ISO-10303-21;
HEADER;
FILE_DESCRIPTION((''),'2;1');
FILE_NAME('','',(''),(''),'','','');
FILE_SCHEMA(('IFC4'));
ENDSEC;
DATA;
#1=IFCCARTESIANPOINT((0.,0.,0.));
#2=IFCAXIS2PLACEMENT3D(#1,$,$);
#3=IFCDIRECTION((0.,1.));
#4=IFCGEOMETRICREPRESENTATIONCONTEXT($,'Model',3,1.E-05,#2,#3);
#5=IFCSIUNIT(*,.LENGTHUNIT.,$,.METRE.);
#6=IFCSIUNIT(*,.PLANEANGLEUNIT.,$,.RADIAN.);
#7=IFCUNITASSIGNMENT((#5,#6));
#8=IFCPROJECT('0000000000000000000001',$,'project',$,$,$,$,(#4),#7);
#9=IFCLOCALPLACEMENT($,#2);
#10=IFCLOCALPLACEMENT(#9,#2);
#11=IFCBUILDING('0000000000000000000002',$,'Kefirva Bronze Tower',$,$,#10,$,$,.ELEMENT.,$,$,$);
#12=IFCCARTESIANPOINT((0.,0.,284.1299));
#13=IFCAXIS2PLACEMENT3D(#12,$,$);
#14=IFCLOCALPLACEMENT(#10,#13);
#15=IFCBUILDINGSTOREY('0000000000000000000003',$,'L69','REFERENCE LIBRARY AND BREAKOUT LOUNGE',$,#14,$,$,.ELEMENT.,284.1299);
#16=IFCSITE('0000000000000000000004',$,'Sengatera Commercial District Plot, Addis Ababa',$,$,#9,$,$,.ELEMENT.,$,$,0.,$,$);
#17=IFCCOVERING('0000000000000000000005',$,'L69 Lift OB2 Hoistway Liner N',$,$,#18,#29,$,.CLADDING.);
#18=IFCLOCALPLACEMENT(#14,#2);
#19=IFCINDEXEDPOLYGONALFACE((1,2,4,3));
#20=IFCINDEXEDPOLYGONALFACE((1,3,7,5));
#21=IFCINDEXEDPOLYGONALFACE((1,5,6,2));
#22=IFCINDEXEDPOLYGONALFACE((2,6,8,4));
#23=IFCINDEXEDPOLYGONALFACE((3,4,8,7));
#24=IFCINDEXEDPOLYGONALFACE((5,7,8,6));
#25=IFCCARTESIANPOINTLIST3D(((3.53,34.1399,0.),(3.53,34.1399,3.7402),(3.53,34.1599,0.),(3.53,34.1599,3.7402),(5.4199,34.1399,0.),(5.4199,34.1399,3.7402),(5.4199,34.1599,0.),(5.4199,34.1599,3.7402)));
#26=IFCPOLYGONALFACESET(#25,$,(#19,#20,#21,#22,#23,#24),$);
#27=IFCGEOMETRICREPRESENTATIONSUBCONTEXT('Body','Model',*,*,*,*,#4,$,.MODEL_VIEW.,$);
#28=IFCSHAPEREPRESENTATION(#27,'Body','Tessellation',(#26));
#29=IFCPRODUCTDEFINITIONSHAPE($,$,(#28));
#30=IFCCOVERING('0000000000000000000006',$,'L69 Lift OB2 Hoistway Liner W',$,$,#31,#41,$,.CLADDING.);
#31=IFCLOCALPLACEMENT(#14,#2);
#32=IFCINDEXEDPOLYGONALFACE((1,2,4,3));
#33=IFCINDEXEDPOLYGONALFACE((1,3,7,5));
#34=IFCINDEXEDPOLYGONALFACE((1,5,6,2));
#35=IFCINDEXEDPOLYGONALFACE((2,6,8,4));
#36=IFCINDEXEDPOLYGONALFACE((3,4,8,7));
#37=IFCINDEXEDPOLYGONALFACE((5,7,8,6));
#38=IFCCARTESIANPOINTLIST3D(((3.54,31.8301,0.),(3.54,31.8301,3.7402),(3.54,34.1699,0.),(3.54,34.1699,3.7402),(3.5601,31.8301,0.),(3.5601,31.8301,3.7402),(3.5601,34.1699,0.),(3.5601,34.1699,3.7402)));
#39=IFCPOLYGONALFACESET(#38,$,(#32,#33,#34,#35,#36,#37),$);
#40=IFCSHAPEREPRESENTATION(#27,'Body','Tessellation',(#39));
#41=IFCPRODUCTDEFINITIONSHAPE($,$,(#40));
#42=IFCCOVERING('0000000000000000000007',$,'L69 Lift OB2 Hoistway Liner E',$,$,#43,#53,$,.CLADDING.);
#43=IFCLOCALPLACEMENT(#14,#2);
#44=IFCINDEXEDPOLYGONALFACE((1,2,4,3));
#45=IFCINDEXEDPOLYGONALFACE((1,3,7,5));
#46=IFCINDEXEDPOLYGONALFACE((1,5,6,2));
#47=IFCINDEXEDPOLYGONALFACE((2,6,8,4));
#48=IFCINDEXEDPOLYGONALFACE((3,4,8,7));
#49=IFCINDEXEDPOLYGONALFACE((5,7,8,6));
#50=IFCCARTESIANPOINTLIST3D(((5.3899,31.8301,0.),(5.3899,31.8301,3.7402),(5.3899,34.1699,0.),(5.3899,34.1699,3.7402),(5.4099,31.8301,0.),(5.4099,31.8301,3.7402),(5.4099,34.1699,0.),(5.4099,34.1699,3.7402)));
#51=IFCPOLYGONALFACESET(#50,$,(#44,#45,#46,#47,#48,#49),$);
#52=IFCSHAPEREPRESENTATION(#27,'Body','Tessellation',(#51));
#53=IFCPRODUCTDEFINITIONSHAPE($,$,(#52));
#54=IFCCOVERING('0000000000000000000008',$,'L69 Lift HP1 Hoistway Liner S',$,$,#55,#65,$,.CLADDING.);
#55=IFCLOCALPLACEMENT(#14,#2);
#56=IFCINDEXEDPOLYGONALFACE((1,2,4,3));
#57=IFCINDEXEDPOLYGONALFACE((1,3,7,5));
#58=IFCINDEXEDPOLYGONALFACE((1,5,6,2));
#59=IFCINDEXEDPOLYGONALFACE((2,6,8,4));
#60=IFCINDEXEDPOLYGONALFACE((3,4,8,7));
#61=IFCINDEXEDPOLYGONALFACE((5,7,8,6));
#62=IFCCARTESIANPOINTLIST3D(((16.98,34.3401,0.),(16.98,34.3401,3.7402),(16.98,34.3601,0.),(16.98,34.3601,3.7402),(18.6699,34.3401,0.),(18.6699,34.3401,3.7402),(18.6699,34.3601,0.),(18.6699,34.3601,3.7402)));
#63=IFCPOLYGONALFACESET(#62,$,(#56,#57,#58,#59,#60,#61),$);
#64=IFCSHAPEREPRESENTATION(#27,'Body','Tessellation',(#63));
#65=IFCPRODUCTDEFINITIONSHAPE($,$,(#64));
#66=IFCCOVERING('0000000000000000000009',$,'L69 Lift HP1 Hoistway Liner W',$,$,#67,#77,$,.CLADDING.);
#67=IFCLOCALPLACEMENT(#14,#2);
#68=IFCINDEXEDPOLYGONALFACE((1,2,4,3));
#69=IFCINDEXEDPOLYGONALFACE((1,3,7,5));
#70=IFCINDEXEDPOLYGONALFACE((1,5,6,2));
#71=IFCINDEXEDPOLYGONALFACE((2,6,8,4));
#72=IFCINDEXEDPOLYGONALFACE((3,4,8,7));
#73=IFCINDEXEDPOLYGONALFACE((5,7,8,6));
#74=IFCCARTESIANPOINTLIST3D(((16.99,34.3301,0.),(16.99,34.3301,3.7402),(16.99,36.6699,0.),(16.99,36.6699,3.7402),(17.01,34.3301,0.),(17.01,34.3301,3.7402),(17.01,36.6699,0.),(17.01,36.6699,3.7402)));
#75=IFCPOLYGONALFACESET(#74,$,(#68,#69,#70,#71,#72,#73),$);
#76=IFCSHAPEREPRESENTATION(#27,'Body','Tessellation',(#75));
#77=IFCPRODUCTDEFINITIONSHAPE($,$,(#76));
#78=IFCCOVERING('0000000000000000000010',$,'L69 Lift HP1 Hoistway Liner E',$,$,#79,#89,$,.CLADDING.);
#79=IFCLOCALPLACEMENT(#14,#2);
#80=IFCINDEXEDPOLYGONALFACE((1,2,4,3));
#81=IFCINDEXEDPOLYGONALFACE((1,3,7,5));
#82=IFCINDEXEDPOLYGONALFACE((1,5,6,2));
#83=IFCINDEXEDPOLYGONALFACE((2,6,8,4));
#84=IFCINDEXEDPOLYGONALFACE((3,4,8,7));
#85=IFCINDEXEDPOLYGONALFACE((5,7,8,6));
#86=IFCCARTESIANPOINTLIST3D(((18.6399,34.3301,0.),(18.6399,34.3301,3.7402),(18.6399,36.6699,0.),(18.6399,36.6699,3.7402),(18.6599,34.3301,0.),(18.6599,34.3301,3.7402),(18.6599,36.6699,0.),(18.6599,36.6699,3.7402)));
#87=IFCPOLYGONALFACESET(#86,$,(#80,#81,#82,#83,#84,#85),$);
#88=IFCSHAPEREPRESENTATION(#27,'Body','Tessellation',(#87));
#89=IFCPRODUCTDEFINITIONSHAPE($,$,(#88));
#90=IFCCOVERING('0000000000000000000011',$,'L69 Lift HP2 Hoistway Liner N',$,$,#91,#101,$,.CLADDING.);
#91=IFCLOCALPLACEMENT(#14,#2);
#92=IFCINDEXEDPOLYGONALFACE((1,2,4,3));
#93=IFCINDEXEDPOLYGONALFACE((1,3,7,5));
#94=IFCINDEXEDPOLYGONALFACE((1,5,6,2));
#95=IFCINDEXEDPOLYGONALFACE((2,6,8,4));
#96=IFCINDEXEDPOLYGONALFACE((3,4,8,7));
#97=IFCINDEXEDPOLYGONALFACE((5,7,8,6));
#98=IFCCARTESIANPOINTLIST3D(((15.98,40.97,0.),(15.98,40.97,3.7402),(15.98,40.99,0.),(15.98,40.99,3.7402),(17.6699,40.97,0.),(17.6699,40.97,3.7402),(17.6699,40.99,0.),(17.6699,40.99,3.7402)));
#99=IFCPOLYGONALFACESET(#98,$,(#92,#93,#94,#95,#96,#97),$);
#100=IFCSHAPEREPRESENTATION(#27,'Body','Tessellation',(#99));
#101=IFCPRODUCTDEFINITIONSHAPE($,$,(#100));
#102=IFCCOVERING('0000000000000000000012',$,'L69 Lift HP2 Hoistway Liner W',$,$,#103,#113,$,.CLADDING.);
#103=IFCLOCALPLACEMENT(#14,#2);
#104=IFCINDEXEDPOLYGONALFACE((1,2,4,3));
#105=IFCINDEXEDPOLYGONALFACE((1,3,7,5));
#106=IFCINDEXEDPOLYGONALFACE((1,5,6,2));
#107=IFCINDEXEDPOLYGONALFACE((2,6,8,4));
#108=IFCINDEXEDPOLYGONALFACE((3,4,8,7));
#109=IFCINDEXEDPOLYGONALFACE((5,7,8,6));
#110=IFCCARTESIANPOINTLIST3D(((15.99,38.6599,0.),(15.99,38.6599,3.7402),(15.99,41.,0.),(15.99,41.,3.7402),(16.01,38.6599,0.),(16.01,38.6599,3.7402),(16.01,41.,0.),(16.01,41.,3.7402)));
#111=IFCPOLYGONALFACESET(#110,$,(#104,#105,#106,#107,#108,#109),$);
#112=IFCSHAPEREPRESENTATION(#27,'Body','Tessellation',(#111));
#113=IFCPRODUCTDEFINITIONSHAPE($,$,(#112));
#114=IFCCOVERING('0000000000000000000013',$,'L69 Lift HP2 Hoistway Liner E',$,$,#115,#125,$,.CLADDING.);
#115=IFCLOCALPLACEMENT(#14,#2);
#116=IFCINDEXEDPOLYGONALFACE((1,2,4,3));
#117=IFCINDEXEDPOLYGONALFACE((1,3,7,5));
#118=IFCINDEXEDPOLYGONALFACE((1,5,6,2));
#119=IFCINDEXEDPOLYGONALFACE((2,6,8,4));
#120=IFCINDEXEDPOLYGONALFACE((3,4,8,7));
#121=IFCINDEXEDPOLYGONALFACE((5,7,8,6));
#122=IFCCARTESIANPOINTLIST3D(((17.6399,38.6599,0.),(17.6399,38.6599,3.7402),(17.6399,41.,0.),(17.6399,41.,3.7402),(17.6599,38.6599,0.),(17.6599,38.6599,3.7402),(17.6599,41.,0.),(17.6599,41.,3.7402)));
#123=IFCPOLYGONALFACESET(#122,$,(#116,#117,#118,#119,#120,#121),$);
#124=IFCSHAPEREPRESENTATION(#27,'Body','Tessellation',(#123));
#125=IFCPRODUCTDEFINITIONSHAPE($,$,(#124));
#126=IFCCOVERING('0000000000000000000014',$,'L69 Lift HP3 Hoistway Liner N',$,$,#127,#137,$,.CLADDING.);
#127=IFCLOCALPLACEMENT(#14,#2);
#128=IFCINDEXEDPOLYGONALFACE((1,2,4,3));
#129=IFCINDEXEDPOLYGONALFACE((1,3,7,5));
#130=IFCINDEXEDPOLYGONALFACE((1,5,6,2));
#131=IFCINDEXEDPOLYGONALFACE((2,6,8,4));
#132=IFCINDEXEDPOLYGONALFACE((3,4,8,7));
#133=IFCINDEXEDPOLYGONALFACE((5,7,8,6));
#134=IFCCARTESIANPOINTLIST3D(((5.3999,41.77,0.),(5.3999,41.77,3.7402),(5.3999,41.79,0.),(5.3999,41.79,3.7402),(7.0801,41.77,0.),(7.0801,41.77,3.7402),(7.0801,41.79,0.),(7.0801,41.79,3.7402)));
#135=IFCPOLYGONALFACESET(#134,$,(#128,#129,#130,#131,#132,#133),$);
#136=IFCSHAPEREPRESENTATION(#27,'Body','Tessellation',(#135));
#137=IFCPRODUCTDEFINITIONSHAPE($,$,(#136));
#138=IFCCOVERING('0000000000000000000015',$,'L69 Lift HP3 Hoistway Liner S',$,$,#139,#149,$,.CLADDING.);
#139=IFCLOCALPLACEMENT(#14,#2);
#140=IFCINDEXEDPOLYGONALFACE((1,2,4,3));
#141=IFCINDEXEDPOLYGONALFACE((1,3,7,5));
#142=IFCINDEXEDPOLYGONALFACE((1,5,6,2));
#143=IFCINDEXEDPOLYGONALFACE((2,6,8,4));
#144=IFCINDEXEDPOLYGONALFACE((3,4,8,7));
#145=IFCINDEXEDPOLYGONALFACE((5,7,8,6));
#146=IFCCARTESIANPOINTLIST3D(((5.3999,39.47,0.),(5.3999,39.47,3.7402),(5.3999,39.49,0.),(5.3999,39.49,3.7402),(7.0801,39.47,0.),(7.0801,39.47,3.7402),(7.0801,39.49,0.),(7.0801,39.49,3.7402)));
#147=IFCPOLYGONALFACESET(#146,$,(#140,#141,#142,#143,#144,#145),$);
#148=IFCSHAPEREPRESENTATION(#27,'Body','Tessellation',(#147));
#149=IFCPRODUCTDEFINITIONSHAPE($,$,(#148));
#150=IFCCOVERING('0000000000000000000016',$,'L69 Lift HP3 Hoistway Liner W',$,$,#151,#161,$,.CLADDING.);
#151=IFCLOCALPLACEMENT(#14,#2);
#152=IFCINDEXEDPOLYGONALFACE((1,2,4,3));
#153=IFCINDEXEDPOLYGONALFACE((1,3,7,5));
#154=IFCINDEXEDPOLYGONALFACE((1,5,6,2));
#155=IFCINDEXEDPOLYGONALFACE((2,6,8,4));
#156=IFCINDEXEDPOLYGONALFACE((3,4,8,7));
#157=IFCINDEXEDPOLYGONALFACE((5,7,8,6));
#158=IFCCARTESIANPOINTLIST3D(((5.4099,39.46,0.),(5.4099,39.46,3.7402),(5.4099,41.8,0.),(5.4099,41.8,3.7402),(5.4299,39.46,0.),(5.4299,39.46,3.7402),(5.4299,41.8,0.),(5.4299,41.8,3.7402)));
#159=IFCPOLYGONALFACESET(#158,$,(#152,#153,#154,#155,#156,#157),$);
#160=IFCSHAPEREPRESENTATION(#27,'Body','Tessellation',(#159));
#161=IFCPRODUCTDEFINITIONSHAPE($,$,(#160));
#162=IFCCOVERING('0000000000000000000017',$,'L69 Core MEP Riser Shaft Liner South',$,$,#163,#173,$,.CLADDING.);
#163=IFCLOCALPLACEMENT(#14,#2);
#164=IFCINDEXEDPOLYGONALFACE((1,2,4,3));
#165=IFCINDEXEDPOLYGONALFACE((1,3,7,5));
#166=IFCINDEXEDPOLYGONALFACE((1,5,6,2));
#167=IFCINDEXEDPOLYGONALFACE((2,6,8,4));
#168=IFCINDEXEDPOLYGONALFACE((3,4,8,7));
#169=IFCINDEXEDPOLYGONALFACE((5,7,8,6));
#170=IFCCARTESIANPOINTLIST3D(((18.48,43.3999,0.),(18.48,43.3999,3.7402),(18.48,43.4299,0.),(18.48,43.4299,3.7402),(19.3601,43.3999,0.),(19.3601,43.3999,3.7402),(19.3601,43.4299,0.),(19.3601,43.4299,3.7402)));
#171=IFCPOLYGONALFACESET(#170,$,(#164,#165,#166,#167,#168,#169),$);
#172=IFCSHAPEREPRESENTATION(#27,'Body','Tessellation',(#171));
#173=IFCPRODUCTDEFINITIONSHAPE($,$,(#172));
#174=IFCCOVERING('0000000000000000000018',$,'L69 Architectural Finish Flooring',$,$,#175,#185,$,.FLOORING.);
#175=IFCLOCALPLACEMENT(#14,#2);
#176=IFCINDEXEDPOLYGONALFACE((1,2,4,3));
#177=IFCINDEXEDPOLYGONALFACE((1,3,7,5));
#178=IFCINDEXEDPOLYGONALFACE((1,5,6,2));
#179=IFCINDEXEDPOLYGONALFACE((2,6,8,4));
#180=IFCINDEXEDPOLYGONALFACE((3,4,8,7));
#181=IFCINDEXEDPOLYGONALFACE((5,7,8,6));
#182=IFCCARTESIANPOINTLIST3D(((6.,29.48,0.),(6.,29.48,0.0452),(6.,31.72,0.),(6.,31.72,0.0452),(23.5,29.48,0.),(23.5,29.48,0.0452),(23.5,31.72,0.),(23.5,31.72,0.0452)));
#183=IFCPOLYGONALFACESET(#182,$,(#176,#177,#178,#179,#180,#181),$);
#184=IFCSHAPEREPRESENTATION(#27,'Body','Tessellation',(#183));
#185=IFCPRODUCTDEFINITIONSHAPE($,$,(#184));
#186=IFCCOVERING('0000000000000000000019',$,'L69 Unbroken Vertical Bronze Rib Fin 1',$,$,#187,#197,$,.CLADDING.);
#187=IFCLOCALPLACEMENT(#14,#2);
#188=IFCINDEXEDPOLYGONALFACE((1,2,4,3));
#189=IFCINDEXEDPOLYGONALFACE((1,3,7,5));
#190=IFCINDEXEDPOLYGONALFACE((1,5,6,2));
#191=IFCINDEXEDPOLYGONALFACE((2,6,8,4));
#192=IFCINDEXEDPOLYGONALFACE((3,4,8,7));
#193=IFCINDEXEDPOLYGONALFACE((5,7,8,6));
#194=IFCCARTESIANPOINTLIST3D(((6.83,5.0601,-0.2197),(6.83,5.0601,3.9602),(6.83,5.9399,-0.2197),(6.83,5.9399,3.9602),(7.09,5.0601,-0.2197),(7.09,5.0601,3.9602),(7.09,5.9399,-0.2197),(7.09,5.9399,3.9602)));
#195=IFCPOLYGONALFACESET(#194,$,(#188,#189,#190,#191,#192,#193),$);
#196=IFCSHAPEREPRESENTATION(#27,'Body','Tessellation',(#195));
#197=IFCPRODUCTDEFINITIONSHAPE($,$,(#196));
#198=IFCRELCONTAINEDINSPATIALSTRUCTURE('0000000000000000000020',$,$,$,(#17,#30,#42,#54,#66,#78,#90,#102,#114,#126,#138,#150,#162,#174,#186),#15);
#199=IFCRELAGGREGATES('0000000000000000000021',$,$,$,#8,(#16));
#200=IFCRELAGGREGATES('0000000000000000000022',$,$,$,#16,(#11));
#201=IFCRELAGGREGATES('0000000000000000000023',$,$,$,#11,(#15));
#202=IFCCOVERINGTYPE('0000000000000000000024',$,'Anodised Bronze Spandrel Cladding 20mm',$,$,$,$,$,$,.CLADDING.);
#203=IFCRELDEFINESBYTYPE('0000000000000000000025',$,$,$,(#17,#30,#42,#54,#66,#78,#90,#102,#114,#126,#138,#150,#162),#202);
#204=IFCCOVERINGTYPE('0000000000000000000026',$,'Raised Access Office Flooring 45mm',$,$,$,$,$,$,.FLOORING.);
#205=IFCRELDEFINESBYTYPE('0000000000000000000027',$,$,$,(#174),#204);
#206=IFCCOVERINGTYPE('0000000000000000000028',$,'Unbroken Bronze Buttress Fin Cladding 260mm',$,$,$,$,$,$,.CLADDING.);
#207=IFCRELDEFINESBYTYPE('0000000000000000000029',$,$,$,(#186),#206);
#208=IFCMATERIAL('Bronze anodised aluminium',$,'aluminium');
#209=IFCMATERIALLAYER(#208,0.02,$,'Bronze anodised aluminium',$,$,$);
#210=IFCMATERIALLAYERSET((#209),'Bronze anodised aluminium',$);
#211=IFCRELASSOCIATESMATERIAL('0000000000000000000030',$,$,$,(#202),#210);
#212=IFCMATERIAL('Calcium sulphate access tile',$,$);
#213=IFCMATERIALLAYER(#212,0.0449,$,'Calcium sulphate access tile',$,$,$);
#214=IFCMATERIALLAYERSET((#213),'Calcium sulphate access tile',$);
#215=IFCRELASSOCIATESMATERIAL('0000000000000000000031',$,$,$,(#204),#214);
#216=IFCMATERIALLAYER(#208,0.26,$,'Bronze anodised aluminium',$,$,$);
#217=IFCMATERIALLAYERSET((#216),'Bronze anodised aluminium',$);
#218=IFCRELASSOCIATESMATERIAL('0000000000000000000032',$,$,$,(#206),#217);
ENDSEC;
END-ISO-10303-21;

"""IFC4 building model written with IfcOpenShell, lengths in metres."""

from ifc_helpers import new_model, si_unit, direction, frame, origin, origin_2d, place, context, subcontext, project, spatial, polyline, rectangle, outline, extrude, material, layer, layer_set, type_object, element, save


model = new_model("IFC4")

# Units and contexts
model_context = context("Model", 3, precision=1e-05, world=origin(), true_north=direction((0.0, 1.0)))
body_context = subcontext(model_context, "Body", "Model", "MODEL_VIEW")
ifc_project = project(units=[si_unit("LENGTHUNIT", "METRE"), si_unit("PLANEANGLEUNIT", "RADIAN")], contexts=[model_context])

# Site, building, storey
site_placement = place(None, origin())
site = spatial("IfcSite", under=ifc_project, at=site_placement, Name="Sengatera Commercial District Plot, Addis Ababa", CompositionType="ELEMENT", RefElevation=0.0)
building_placement = place(site_placement, origin())
building = spatial("IfcBuilding", under=site, at=building_placement, Name="Kefirva Bronze Tower", CompositionType="ELEMENT")
storey_placement = place(building_placement, frame((0.0, 0.0, 284.1299)))
storey = spatial("IfcBuildingStorey", under=building, at=storey_placement, Name="L69", Description="REFERENCE LIBRARY AND BREAKOUT LOUNGE", CompositionType="ELEMENT", Elevation=284.1299)

# Shared definitions
ifc_material_1 = material(Name="Bronze anodised aluminium", Category="aluminium")

# Coverings
ifc_layer_1 = layer(ifc_material_1, 0.02, Name="Bronze anodised aluminium")
ifc_layer_set_1 = layer_set([ifc_layer_1], Name="Bronze anodised aluminium")
covering_type_1 = type_object("IfcCoveringType", Name="Anodised Bronze Spandrel Cladding 20mm", PredefinedType="CLADDING", material=ifc_layer_set_1)
covering_1_placement = place(storey_placement, origin())
element("IfcCovering", 1, at=covering_1_placement, inside=storey, type_object=covering_type_1, Name="L69 Lift OB2 Hoistway Liner N", PredefinedType="CLADDING", context=body_context, shape_type="SweptSolid", body=[
    extrude(outline(polyline([(3.53, 34.1399), (5.4199, 34.1399), (5.4199, 34.1599), (3.53, 34.1599), (3.53, 34.1399)])), origin(), (0.0, 0.0, 1.0), 3.7402),
])
covering_2_placement = place(storey_placement, origin())
element("IfcCovering", 2, at=covering_2_placement, inside=storey, type_object=covering_type_1, Name="L69 Lift OB2 Hoistway Liner W", PredefinedType="CLADDING", context=body_context, shape_type="SweptSolid", body=[
    extrude(outline(polyline([(3.54, 31.8301), (3.5601, 31.8301), (3.5601, 34.1699), (3.54, 34.1699), (3.54, 31.8301)])), origin(), (0.0, 0.0, 1.0), 3.7402),
])
covering_3_placement = place(storey_placement, origin())
element("IfcCovering", 3, at=covering_3_placement, inside=storey, type_object=covering_type_1, Name="L69 Lift OB2 Hoistway Liner E", PredefinedType="CLADDING", context=body_context, shape_type="SweptSolid", body=[
    extrude(outline(polyline([(5.3899, 31.8301), (5.4099, 31.8301), (5.4099, 34.1699), (5.3899, 34.1699), (5.3899, 31.8301)])), origin(), (0.0, 0.0, 1.0), 3.7402),
])
covering_4_placement = place(storey_placement, origin())
element("IfcCovering", 4, at=covering_4_placement, inside=storey, type_object=covering_type_1, Name="L69 Lift HP1 Hoistway Liner S", PredefinedType="CLADDING", context=body_context, shape_type="SweptSolid", body=[
    extrude(outline(polyline([(16.98, 34.3401), (18.6699, 34.3401), (18.6699, 34.3601), (16.98, 34.3601), (16.98, 34.3401)])), origin(), (0.0, 0.0, 1.0), 3.7402),
])
covering_5_placement = place(storey_placement, origin())
element("IfcCovering", 5, at=covering_5_placement, inside=storey, type_object=covering_type_1, Name="L69 Lift HP1 Hoistway Liner W", PredefinedType="CLADDING", context=body_context, shape_type="SweptSolid", body=[
    extrude(outline(polyline([(16.99, 34.3301), (17.01, 34.3301), (17.01, 36.6699), (16.99, 36.6699), (16.99, 34.3301)])), origin(), (0.0, 0.0, 1.0), 3.7402),
])
covering_6_placement = place(storey_placement, origin())
element("IfcCovering", 6, at=covering_6_placement, inside=storey, type_object=covering_type_1, Name="L69 Lift HP1 Hoistway Liner E", PredefinedType="CLADDING", context=body_context, shape_type="SweptSolid", body=[
    extrude(outline(polyline([(18.6399, 34.3301), (18.6599, 34.3301), (18.6599, 36.6699), (18.6399, 36.6699), (18.6399, 34.3301)])), origin(), (0.0, 0.0, 1.0), 3.7402),
])
covering_7_placement = place(storey_placement, origin())
element("IfcCovering", 7, at=covering_7_placement, inside=storey, type_object=covering_type_1, Name="L69 Lift HP2 Hoistway Liner N", PredefinedType="CLADDING", context=body_context, shape_type="SweptSolid", body=[
    extrude(outline(polyline([(15.98, 40.97), (17.6699, 40.97), (17.6699, 40.99), (15.98, 40.99), (15.98, 40.97)])), origin(), (0.0, 0.0, 1.0), 3.7402),
])
covering_8_placement = place(storey_placement, origin())
element("IfcCovering", 8, at=covering_8_placement, inside=storey, type_object=covering_type_1, Name="L69 Lift HP2 Hoistway Liner W", PredefinedType="CLADDING", context=body_context, shape_type="SweptSolid", body=[
    extrude(outline(polyline([(15.99, 38.6599), (16.01, 38.6599), (16.01, 41.0), (15.99, 41.0), (15.99, 38.6599)])), origin(), (0.0, 0.0, 1.0), 3.7402),
])
covering_9_placement = place(storey_placement, origin())
element("IfcCovering", 9, at=covering_9_placement, inside=storey, type_object=covering_type_1, Name="L69 Lift HP2 Hoistway Liner E", PredefinedType="CLADDING", context=body_context, shape_type="SweptSolid", body=[
    extrude(outline(polyline([(17.6399, 38.6599), (17.6599, 38.6599), (17.6599, 41.0), (17.6399, 41.0), (17.6399, 38.6599)])), origin(), (0.0, 0.0, 1.0), 3.7402),
])
covering_10_placement = place(storey_placement, origin())
element("IfcCovering", 10, at=covering_10_placement, inside=storey, type_object=covering_type_1, Name="L69 Lift HP3 Hoistway Liner N", PredefinedType="CLADDING", context=body_context, shape_type="SweptSolid", body=[
    extrude(outline(polyline([(5.3999, 41.77), (7.0801, 41.77), (7.0801, 41.79), (5.3999, 41.79), (5.3999, 41.77)])), origin(), (0.0, 0.0, 1.0), 3.7402),
])
covering_11_placement = place(storey_placement, origin())
element("IfcCovering", 11, at=covering_11_placement, inside=storey, type_object=covering_type_1, Name="L69 Lift HP3 Hoistway Liner S", PredefinedType="CLADDING", context=body_context, shape_type="SweptSolid", body=[
    extrude(outline(polyline([(5.3999, 39.47), (7.0801, 39.47), (7.0801, 39.49), (5.3999, 39.49), (5.3999, 39.47)])), origin(), (0.0, 0.0, 1.0), 3.7402),
])
covering_12_placement = place(storey_placement, origin())
element("IfcCovering", 12, at=covering_12_placement, inside=storey, type_object=covering_type_1, Name="L69 Lift HP3 Hoistway Liner W", PredefinedType="CLADDING", context=body_context, shape_type="SweptSolid", body=[
    extrude(outline(polyline([(5.4099, 39.46), (5.4299, 39.46), (5.4299, 41.8), (5.4099, 41.8), (5.4099, 39.46)])), origin(), (0.0, 0.0, 1.0), 3.7402),
])
covering_13_placement = place(storey_placement, origin())
element("IfcCovering", 13, at=covering_13_placement, inside=storey, type_object=covering_type_1, Name="L69 Core MEP Riser Shaft Liner South", PredefinedType="CLADDING", context=body_context, shape_type="SweptSolid", body=[
    extrude(outline(polyline([(18.48, 43.3999), (19.3601, 43.3999), (19.3601, 43.4299), (18.48, 43.4299), (18.48, 43.3999)])), origin(), (0.0, 0.0, 1.0), 3.7402),
])
ifc_material_2 = material(Name="Calcium sulphate access tile")
ifc_layer_2 = layer(ifc_material_2, 0.0449, Name="Calcium sulphate access tile")
ifc_layer_set_2 = layer_set([ifc_layer_2], Name="Calcium sulphate access tile")
covering_type_2 = type_object("IfcCoveringType", Name="Raised Access Office Flooring 45mm", PredefinedType="FLOORING", material=ifc_layer_set_2)
covering_14_placement = place(storey_placement, origin())
element("IfcCovering", 14, at=covering_14_placement, inside=storey, type_object=covering_type_2, Name="L69 Architectural Finish Flooring", PredefinedType="FLOORING", context=body_context, shape_type="SweptSolid", body=[
    extrude(outline(polyline([(6.0, 29.48), (23.5, 29.48), (23.5, 31.72), (6.0, 31.72), (6.0, 29.48)])), origin(), (0.0, 0.0, 1.0), 0.0452),
])
ifc_layer_3 = layer(ifc_material_1, 0.26, Name="Bronze anodised aluminium")
ifc_layer_set_3 = layer_set([ifc_layer_3], Name="Bronze anodised aluminium")
covering_type_3 = type_object("IfcCoveringType", Name="Unbroken Bronze Buttress Fin Cladding 260mm", PredefinedType="CLADDING", material=ifc_layer_set_3)
covering_15_placement = place(storey_placement, frame((6.96, 5.5, -0.2197), z_axis=(0.0, 0.0, 1.0), x_axis=(1.0, 0.0, 0.0)))
element("IfcCovering", 15, at=covering_15_placement, inside=storey, type_object=covering_type_3, Name="L69 Unbroken Vertical Bronze Rib Fin 1", PredefinedType="CLADDING", context=body_context, shape_type="SweptSolid", body=[
    extrude(rectangle(XDim=0.26, YDim=0.8799, at=origin_2d()), origin(), (0.0, 0.0, 1.0), 4.1799),
])

save(model, "model.ifc")
